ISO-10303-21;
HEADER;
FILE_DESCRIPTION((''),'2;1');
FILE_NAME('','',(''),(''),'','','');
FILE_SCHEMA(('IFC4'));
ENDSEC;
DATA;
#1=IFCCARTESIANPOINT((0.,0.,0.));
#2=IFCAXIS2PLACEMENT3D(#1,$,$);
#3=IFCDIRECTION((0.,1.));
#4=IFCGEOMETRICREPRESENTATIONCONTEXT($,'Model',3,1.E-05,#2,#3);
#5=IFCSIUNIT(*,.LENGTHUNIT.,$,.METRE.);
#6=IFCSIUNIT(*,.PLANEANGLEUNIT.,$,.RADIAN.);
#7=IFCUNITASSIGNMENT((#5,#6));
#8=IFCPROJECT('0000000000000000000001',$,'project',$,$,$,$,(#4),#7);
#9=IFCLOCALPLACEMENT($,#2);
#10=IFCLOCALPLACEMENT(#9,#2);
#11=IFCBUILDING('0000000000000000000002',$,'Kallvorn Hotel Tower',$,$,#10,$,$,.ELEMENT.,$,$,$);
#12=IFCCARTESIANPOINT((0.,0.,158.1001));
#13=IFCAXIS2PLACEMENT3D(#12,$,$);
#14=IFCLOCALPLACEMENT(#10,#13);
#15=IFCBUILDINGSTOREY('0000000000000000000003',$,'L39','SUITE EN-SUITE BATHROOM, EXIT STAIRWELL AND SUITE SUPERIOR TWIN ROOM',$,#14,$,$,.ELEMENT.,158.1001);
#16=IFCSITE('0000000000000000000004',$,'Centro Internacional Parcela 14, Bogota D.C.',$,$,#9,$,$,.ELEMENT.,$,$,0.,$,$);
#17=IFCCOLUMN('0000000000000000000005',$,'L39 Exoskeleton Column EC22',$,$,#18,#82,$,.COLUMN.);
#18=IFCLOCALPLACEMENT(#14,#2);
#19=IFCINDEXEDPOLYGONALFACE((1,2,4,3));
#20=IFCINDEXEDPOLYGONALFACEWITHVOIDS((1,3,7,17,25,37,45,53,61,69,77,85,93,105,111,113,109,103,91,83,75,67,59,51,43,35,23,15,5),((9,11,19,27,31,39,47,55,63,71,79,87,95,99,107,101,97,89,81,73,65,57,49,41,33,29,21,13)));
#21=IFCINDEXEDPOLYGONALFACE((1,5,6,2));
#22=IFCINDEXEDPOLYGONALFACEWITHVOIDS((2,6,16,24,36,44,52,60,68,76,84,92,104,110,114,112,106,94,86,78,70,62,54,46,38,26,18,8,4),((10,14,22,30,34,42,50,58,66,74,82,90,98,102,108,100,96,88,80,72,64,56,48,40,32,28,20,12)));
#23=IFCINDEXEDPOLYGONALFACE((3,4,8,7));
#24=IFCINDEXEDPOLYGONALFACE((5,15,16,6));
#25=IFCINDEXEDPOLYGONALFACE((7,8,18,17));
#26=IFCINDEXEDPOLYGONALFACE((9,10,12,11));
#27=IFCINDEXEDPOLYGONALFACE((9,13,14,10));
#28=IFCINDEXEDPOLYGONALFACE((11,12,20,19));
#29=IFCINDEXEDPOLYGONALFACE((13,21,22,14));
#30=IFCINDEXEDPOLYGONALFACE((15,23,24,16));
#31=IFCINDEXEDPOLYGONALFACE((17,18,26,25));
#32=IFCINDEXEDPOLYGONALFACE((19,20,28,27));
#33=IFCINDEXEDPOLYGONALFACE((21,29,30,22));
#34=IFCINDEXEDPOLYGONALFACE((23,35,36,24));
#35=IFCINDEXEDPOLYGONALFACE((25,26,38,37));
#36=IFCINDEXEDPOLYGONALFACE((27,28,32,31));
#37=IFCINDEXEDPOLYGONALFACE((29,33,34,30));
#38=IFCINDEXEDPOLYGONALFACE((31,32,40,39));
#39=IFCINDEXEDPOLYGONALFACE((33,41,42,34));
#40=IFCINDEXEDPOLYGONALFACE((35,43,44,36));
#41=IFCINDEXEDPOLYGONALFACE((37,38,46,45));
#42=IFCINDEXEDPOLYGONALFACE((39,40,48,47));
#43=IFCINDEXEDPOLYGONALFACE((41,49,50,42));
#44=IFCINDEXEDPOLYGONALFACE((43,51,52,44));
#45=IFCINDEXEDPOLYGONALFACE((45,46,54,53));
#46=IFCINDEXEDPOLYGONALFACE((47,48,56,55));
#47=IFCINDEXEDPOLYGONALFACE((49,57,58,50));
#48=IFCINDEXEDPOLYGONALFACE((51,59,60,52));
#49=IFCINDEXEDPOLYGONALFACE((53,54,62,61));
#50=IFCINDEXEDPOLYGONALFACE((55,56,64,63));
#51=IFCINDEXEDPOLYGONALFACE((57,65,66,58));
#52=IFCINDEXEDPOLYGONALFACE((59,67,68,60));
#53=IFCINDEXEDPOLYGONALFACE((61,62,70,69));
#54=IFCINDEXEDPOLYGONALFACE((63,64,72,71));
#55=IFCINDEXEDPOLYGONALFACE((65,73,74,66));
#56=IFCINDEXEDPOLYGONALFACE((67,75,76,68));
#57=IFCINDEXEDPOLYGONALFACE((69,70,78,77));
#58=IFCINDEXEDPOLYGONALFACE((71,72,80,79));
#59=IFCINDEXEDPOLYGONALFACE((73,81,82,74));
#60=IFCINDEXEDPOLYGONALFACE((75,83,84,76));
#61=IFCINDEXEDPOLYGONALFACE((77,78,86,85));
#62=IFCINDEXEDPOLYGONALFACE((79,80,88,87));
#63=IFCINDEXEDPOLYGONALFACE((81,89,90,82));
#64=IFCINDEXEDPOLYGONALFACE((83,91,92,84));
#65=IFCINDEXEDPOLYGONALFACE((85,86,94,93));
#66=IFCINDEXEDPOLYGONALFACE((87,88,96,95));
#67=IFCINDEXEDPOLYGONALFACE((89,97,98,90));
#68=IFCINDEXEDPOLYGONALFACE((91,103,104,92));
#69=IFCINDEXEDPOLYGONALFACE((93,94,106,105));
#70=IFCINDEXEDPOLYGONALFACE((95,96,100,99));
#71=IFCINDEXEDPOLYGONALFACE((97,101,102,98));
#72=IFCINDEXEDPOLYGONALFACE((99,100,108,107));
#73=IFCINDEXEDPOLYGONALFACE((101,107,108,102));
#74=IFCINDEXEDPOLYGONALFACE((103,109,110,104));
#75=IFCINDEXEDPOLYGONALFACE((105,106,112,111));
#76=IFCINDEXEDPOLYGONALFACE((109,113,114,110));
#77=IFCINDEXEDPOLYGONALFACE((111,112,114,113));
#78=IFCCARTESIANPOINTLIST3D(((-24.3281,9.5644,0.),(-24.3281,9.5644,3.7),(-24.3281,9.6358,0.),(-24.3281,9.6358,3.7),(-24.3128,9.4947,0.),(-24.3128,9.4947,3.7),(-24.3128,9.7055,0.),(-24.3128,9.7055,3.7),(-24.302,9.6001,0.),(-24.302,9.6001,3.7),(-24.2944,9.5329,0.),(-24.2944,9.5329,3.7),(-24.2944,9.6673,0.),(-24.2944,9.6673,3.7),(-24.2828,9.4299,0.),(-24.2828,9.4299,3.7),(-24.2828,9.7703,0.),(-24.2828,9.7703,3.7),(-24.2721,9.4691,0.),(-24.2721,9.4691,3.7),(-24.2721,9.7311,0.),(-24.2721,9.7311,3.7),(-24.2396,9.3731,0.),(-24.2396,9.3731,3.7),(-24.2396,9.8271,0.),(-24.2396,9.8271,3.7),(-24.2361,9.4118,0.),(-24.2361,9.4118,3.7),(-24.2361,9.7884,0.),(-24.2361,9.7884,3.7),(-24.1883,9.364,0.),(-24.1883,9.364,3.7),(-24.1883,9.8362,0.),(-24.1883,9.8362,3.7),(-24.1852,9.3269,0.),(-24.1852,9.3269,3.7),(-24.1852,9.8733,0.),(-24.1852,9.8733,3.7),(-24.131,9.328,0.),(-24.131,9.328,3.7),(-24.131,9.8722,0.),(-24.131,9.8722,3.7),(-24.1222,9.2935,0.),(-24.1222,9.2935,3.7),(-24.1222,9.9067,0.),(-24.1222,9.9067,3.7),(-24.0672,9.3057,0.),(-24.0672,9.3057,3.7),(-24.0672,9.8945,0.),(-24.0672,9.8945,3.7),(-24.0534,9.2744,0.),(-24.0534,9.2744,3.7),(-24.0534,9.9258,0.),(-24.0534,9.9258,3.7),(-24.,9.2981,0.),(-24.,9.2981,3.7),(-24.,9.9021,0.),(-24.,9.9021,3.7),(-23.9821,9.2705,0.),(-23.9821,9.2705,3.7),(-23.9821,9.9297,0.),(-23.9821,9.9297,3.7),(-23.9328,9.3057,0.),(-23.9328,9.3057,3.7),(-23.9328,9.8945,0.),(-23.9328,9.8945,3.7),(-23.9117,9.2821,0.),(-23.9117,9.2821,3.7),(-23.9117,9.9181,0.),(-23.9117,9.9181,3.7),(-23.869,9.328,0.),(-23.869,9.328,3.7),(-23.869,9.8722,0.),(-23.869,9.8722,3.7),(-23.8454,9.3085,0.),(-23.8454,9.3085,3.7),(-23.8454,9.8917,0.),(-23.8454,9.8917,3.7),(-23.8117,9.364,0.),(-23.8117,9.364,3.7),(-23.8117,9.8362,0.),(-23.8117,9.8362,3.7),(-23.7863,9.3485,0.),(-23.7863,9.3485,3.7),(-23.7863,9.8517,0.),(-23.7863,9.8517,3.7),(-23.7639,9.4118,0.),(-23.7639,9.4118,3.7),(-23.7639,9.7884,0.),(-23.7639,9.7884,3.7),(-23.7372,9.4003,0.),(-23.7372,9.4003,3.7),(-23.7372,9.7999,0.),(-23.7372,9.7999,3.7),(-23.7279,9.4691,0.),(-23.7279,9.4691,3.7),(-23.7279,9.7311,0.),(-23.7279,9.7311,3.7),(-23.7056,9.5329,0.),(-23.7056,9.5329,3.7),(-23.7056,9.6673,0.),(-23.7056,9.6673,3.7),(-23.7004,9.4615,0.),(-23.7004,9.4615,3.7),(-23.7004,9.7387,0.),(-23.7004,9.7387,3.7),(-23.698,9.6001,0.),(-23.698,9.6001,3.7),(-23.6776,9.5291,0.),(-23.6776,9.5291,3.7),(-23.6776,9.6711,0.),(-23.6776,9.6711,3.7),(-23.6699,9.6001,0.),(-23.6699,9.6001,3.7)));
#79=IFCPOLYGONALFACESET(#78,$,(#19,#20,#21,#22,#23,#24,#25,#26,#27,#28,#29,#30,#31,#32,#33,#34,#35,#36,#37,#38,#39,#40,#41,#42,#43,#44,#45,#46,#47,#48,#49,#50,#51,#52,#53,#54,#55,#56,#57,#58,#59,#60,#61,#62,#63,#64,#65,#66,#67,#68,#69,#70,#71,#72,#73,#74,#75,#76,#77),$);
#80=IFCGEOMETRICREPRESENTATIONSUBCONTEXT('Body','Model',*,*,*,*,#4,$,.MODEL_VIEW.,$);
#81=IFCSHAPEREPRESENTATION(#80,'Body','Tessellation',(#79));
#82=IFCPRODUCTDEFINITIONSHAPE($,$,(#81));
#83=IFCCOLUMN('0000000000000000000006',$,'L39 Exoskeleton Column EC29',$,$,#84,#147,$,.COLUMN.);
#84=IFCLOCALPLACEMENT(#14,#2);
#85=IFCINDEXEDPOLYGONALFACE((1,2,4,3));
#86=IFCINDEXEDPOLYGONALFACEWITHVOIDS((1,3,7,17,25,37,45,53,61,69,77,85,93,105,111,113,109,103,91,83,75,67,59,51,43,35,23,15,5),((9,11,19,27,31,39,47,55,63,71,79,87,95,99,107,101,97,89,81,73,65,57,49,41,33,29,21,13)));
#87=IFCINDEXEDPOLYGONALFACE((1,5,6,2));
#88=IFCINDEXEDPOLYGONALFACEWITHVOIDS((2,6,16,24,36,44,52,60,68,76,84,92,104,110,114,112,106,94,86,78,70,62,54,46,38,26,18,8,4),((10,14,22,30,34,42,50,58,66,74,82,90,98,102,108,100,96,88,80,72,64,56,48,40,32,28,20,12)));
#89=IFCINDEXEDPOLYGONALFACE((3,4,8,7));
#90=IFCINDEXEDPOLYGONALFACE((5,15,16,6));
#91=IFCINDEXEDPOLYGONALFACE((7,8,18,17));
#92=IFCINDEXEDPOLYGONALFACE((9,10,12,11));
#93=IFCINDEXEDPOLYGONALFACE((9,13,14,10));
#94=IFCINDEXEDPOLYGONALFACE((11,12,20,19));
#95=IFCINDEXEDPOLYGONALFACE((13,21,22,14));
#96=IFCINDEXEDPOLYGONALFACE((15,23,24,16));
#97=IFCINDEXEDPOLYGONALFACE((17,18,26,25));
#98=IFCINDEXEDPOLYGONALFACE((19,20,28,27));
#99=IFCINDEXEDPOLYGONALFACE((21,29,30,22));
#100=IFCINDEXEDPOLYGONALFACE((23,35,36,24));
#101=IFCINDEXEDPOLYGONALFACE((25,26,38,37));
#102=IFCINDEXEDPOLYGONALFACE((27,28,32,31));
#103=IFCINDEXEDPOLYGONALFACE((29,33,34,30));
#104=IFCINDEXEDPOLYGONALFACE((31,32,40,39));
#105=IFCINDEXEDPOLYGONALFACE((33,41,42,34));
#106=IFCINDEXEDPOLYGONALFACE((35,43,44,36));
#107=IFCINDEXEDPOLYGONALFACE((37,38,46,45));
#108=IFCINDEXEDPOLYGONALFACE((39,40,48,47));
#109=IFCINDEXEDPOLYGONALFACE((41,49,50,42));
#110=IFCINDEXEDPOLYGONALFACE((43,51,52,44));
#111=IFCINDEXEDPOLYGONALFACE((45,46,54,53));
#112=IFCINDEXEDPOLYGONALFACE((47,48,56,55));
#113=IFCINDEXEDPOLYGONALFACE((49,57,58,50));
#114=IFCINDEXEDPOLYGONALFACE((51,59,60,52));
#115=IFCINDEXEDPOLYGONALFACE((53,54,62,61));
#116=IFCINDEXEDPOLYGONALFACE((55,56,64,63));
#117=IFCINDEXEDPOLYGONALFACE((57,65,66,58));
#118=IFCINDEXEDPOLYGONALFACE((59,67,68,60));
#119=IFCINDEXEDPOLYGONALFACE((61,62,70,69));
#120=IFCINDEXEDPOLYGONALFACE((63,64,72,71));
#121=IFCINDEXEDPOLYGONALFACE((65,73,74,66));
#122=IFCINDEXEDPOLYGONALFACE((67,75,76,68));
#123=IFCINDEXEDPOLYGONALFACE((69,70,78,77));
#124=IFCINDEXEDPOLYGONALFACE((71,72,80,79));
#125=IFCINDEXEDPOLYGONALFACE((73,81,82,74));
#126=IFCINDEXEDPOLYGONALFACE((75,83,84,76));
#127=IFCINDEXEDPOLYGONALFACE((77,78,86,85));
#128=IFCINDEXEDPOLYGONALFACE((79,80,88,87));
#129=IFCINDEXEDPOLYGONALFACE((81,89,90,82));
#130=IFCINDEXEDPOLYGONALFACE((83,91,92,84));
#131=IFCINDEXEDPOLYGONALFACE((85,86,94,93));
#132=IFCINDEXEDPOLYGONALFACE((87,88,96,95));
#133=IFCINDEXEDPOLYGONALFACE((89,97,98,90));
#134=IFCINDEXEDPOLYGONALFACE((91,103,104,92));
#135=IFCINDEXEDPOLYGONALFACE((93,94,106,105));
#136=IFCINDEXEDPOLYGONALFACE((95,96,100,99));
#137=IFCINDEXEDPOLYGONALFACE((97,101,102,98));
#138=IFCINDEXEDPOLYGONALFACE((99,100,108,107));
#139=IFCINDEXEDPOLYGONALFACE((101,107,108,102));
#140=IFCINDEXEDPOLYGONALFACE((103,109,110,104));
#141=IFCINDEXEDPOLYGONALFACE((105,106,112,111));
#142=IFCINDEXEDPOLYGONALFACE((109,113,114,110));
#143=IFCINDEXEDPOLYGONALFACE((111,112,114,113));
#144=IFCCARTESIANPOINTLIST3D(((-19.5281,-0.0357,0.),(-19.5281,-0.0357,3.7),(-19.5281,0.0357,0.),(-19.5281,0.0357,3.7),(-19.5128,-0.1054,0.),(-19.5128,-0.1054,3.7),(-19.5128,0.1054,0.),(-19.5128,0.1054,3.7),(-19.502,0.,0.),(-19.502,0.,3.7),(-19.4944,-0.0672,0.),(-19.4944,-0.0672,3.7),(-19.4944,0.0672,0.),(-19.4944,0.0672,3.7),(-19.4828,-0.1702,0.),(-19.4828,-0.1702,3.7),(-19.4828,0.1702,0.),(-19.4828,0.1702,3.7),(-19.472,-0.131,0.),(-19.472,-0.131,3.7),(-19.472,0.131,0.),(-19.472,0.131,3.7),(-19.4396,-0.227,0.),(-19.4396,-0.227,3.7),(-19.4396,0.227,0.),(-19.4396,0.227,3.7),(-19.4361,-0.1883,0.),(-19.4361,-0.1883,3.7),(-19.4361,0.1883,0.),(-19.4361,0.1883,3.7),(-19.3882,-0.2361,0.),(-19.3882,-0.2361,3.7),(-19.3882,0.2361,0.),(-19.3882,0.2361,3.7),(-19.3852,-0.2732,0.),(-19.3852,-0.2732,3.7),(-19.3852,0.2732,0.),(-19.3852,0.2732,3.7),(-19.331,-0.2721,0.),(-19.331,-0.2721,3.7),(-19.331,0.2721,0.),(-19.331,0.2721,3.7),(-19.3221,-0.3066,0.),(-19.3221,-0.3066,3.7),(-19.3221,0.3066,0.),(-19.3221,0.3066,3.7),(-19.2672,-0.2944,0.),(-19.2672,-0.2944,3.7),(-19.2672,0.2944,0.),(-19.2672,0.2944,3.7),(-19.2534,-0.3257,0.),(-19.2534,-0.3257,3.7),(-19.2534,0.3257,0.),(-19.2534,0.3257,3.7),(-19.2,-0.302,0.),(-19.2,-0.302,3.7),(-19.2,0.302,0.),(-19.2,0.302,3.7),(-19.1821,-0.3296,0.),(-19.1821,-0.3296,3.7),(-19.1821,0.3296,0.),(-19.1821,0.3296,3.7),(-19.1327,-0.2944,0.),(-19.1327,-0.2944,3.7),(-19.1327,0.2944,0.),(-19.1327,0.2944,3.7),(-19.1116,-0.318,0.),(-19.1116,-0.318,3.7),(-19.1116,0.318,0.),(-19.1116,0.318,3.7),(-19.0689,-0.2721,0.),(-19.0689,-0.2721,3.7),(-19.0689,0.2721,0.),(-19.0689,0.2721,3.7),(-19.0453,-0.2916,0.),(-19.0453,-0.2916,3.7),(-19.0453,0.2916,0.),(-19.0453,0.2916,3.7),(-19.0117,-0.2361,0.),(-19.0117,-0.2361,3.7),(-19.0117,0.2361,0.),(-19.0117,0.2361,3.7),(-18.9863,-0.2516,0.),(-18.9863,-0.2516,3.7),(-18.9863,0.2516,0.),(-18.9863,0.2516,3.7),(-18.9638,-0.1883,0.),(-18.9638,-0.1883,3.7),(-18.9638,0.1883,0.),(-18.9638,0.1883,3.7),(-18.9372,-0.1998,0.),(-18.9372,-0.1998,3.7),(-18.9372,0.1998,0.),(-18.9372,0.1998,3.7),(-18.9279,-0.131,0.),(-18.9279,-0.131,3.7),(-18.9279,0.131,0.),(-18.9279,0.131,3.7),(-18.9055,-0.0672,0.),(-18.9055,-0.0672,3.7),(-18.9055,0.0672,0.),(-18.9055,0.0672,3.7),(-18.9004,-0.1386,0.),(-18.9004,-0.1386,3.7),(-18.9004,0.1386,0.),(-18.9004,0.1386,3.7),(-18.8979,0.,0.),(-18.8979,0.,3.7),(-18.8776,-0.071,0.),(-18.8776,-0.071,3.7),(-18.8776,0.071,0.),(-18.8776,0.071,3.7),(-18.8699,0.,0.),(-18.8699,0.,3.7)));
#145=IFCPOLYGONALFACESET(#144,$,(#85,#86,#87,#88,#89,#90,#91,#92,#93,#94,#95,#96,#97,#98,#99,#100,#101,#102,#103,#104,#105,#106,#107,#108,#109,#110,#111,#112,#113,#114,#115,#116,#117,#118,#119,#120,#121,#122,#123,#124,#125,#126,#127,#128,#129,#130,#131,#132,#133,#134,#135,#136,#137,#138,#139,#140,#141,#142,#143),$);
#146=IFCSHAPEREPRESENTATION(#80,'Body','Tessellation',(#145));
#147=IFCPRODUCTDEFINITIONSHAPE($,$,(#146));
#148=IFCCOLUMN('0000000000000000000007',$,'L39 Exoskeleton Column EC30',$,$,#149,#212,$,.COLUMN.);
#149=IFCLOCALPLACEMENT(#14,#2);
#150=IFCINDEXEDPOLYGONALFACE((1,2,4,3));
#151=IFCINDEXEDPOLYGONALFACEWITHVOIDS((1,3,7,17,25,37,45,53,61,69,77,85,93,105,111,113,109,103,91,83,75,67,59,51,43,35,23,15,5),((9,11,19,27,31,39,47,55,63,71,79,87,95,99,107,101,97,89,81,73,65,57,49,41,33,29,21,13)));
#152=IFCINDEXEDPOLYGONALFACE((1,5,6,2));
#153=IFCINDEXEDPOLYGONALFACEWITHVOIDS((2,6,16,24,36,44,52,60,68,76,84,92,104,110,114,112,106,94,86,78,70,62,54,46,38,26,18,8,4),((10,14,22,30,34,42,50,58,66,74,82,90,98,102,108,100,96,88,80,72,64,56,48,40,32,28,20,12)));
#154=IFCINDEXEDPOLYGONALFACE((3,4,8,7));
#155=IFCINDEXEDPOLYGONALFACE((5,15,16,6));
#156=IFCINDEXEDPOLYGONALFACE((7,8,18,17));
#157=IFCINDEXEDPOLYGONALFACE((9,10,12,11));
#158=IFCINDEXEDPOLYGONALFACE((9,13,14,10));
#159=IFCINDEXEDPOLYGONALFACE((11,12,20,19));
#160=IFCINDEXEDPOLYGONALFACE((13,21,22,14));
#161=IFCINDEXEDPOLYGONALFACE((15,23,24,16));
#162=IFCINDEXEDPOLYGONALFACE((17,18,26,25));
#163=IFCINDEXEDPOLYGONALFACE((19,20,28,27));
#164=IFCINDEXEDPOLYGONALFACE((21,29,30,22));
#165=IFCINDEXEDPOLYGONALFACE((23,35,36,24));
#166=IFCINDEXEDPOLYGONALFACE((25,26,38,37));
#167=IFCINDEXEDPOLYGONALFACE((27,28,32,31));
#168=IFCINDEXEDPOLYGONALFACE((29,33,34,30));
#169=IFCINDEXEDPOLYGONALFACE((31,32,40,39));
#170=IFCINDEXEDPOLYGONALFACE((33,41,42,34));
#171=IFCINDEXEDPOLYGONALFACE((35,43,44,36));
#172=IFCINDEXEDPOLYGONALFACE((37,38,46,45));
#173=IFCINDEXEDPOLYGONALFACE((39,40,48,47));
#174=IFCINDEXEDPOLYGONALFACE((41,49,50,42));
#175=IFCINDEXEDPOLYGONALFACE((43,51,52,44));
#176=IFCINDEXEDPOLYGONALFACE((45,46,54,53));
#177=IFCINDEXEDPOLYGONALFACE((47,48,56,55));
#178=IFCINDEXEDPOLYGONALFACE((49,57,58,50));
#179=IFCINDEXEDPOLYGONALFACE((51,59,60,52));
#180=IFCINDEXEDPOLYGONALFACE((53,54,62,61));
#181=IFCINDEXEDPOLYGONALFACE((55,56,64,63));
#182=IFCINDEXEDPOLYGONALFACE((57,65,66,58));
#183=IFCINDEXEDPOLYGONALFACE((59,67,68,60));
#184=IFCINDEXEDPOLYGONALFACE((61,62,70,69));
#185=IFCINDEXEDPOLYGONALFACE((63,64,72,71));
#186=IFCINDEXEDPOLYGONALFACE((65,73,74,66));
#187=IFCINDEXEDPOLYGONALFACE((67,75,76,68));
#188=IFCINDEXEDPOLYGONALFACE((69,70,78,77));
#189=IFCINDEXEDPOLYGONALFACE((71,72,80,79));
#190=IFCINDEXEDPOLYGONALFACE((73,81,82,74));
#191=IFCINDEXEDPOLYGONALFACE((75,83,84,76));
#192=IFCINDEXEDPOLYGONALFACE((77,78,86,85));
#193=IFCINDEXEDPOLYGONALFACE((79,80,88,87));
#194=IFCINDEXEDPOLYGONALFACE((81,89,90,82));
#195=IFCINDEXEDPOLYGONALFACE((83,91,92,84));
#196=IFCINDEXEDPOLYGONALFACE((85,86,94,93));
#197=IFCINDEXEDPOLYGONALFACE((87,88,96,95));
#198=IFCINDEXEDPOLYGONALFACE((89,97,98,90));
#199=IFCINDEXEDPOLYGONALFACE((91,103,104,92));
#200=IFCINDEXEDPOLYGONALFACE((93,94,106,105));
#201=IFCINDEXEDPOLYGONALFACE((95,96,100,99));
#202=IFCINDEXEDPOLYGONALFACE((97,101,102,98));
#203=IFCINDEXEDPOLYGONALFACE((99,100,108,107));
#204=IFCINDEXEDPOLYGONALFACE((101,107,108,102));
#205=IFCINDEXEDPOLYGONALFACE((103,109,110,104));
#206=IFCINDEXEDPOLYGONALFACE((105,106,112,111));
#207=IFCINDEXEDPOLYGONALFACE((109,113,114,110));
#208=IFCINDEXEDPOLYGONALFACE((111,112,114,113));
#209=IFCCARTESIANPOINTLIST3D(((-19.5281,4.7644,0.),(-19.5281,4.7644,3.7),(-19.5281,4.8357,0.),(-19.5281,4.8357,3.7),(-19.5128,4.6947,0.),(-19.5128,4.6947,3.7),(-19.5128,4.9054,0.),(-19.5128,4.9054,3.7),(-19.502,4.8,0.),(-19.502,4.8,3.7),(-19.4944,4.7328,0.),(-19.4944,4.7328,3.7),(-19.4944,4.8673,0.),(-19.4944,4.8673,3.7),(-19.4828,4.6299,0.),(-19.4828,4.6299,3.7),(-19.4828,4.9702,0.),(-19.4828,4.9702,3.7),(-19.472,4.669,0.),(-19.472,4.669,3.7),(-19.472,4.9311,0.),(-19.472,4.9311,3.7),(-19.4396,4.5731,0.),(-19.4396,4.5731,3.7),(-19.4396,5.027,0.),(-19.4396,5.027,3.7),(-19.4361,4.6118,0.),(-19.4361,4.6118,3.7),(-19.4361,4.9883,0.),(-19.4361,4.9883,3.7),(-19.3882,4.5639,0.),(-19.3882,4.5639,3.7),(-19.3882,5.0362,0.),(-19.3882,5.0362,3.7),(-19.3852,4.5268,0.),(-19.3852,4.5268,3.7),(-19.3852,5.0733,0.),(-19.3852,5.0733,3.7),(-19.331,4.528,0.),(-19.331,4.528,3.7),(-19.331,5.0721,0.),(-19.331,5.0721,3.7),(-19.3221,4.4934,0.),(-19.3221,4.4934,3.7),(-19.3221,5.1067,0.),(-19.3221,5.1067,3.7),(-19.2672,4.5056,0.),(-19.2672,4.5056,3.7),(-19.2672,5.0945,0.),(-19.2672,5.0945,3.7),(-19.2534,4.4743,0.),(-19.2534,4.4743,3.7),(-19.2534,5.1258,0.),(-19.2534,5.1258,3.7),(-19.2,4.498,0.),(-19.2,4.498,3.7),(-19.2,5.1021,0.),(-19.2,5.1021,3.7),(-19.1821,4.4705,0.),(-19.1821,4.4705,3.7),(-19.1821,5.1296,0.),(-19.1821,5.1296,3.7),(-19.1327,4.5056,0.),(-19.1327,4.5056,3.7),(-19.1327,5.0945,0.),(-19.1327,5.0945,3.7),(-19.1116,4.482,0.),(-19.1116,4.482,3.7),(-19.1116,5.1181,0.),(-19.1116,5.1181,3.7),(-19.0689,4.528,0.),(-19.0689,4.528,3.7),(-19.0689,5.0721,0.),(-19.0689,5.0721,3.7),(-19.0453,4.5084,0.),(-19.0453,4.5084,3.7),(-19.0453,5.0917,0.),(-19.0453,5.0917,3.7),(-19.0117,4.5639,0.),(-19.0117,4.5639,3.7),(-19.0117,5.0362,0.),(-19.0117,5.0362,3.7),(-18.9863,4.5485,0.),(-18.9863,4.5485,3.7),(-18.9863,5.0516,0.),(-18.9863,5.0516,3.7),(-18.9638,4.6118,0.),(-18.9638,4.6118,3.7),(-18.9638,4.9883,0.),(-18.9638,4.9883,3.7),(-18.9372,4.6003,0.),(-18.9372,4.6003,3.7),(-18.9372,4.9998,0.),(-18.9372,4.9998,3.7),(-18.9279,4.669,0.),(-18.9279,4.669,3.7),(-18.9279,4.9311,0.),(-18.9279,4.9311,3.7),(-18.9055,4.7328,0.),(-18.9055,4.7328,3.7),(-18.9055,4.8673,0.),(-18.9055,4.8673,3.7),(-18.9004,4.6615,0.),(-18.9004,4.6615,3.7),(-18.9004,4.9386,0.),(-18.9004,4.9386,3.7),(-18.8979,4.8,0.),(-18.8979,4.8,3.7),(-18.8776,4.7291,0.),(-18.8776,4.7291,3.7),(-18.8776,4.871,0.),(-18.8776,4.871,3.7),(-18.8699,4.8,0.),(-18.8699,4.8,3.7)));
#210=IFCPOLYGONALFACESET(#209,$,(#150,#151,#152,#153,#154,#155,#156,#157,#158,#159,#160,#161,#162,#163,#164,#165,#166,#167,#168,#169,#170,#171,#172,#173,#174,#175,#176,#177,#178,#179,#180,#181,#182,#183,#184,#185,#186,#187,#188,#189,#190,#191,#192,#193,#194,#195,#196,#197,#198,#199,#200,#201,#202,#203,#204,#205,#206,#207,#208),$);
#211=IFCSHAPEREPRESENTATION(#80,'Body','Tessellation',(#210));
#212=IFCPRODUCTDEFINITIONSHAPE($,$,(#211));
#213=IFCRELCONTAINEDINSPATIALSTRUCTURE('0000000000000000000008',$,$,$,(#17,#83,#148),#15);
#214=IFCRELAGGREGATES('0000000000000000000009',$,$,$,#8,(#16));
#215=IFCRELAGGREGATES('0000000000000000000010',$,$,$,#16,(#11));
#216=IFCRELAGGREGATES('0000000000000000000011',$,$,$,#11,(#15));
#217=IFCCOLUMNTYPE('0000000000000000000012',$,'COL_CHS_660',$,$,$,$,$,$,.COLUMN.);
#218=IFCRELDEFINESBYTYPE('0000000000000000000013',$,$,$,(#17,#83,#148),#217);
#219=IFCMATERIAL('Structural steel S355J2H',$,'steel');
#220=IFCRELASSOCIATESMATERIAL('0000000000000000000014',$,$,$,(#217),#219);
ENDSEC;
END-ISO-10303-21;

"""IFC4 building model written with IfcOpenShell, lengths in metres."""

from ifc_helpers import new_model, si_unit, direction, frame, origin, origin_2d, place, context, subcontext, project, spatial, hollow_circle, extrude, material, material_profile, profile_set, type_object, element, save


model = new_model("IFC4")

# Units and contexts
model_context = context("Model", 3, precision=1e-05, world=origin(), true_north=direction((0.0, 1.0)))
body_context = subcontext(model_context, "Body", "Model", "MODEL_VIEW")
ifc_project = project(units=[si_unit("LENGTHUNIT", "METRE"), si_unit("PLANEANGLEUNIT", "RADIAN")], contexts=[model_context])

# Site, building, storey
site_placement = place(None, origin())
site = spatial("IfcSite", under=ifc_project, at=site_placement, Name="Centro Internacional Parcela 14, Bogota D.C.", CompositionType="ELEMENT", RefElevation=0.0)
building_placement = place(site_placement, origin())
building = spatial("IfcBuilding", under=site, at=building_placement, Name="Kallvorn Hotel Tower", CompositionType="ELEMENT")
storey_placement = place(building_placement, frame((0.0, 0.0, 158.1001)))
storey = spatial("IfcBuildingStorey", under=building, at=storey_placement, Name="L39", Description="SUITE EN-SUITE BATHROOM, EXIT STAIRWELL AND SUITE SUPERIOR TWIN ROOM", CompositionType="ELEMENT", Elevation=158.1001)

# Columns
ifc_material_1 = material(Name="Structural steel S355J2H", Category="steel")
ifc_material_profile_1 = material_profile(ifc_material_1, hollow_circle(Radius=0.3301, WallThickness=0.0281, at=origin_2d()), Name="CHS 660x28")
ifc_profile_set_1 = profile_set([ifc_material_profile_1], Name="Structural steel S355J2H")
column_type_1 = type_object("IfcColumnType", Name="COL_CHS_660", PredefinedType="COLUMN", material=ifc_profile_set_1)
for number, where, z_axis, x_axis, name in (
    (1, (-24.0, 9.6001, 0.0), (0.0, 0.0, 1.0), (1.0, 0.0, 0.0), "L39 Exoskeleton Column EC22"),
    (2, (-19.2, 0.0, 0.0), (0.0, 0.0, 1.0), (1.0, 0.0, 0.0), "L39 Exoskeleton Column EC29"),
    (3, (-19.2, 4.8, 0.0), (0.0, 0.0, 1.0), (1.0, 0.0, 0.0), "L39 Exoskeleton Column EC30"),
):
    element("IfcColumn", number, at=place(storey_placement, frame(where, z_axis=z_axis, x_axis=x_axis)), inside=storey, type_object=column_type_1, Name=name, PredefinedType="COLUMN", context=body_context, shape_type="SweptSolid", body=[
        extrude(hollow_circle(Radius=0.3301, WallThickness=0.0281, at=origin_2d()), origin(), (0.0, 0.0, 1.0), 3.7),
    ])

save(model, "model.ifc")
